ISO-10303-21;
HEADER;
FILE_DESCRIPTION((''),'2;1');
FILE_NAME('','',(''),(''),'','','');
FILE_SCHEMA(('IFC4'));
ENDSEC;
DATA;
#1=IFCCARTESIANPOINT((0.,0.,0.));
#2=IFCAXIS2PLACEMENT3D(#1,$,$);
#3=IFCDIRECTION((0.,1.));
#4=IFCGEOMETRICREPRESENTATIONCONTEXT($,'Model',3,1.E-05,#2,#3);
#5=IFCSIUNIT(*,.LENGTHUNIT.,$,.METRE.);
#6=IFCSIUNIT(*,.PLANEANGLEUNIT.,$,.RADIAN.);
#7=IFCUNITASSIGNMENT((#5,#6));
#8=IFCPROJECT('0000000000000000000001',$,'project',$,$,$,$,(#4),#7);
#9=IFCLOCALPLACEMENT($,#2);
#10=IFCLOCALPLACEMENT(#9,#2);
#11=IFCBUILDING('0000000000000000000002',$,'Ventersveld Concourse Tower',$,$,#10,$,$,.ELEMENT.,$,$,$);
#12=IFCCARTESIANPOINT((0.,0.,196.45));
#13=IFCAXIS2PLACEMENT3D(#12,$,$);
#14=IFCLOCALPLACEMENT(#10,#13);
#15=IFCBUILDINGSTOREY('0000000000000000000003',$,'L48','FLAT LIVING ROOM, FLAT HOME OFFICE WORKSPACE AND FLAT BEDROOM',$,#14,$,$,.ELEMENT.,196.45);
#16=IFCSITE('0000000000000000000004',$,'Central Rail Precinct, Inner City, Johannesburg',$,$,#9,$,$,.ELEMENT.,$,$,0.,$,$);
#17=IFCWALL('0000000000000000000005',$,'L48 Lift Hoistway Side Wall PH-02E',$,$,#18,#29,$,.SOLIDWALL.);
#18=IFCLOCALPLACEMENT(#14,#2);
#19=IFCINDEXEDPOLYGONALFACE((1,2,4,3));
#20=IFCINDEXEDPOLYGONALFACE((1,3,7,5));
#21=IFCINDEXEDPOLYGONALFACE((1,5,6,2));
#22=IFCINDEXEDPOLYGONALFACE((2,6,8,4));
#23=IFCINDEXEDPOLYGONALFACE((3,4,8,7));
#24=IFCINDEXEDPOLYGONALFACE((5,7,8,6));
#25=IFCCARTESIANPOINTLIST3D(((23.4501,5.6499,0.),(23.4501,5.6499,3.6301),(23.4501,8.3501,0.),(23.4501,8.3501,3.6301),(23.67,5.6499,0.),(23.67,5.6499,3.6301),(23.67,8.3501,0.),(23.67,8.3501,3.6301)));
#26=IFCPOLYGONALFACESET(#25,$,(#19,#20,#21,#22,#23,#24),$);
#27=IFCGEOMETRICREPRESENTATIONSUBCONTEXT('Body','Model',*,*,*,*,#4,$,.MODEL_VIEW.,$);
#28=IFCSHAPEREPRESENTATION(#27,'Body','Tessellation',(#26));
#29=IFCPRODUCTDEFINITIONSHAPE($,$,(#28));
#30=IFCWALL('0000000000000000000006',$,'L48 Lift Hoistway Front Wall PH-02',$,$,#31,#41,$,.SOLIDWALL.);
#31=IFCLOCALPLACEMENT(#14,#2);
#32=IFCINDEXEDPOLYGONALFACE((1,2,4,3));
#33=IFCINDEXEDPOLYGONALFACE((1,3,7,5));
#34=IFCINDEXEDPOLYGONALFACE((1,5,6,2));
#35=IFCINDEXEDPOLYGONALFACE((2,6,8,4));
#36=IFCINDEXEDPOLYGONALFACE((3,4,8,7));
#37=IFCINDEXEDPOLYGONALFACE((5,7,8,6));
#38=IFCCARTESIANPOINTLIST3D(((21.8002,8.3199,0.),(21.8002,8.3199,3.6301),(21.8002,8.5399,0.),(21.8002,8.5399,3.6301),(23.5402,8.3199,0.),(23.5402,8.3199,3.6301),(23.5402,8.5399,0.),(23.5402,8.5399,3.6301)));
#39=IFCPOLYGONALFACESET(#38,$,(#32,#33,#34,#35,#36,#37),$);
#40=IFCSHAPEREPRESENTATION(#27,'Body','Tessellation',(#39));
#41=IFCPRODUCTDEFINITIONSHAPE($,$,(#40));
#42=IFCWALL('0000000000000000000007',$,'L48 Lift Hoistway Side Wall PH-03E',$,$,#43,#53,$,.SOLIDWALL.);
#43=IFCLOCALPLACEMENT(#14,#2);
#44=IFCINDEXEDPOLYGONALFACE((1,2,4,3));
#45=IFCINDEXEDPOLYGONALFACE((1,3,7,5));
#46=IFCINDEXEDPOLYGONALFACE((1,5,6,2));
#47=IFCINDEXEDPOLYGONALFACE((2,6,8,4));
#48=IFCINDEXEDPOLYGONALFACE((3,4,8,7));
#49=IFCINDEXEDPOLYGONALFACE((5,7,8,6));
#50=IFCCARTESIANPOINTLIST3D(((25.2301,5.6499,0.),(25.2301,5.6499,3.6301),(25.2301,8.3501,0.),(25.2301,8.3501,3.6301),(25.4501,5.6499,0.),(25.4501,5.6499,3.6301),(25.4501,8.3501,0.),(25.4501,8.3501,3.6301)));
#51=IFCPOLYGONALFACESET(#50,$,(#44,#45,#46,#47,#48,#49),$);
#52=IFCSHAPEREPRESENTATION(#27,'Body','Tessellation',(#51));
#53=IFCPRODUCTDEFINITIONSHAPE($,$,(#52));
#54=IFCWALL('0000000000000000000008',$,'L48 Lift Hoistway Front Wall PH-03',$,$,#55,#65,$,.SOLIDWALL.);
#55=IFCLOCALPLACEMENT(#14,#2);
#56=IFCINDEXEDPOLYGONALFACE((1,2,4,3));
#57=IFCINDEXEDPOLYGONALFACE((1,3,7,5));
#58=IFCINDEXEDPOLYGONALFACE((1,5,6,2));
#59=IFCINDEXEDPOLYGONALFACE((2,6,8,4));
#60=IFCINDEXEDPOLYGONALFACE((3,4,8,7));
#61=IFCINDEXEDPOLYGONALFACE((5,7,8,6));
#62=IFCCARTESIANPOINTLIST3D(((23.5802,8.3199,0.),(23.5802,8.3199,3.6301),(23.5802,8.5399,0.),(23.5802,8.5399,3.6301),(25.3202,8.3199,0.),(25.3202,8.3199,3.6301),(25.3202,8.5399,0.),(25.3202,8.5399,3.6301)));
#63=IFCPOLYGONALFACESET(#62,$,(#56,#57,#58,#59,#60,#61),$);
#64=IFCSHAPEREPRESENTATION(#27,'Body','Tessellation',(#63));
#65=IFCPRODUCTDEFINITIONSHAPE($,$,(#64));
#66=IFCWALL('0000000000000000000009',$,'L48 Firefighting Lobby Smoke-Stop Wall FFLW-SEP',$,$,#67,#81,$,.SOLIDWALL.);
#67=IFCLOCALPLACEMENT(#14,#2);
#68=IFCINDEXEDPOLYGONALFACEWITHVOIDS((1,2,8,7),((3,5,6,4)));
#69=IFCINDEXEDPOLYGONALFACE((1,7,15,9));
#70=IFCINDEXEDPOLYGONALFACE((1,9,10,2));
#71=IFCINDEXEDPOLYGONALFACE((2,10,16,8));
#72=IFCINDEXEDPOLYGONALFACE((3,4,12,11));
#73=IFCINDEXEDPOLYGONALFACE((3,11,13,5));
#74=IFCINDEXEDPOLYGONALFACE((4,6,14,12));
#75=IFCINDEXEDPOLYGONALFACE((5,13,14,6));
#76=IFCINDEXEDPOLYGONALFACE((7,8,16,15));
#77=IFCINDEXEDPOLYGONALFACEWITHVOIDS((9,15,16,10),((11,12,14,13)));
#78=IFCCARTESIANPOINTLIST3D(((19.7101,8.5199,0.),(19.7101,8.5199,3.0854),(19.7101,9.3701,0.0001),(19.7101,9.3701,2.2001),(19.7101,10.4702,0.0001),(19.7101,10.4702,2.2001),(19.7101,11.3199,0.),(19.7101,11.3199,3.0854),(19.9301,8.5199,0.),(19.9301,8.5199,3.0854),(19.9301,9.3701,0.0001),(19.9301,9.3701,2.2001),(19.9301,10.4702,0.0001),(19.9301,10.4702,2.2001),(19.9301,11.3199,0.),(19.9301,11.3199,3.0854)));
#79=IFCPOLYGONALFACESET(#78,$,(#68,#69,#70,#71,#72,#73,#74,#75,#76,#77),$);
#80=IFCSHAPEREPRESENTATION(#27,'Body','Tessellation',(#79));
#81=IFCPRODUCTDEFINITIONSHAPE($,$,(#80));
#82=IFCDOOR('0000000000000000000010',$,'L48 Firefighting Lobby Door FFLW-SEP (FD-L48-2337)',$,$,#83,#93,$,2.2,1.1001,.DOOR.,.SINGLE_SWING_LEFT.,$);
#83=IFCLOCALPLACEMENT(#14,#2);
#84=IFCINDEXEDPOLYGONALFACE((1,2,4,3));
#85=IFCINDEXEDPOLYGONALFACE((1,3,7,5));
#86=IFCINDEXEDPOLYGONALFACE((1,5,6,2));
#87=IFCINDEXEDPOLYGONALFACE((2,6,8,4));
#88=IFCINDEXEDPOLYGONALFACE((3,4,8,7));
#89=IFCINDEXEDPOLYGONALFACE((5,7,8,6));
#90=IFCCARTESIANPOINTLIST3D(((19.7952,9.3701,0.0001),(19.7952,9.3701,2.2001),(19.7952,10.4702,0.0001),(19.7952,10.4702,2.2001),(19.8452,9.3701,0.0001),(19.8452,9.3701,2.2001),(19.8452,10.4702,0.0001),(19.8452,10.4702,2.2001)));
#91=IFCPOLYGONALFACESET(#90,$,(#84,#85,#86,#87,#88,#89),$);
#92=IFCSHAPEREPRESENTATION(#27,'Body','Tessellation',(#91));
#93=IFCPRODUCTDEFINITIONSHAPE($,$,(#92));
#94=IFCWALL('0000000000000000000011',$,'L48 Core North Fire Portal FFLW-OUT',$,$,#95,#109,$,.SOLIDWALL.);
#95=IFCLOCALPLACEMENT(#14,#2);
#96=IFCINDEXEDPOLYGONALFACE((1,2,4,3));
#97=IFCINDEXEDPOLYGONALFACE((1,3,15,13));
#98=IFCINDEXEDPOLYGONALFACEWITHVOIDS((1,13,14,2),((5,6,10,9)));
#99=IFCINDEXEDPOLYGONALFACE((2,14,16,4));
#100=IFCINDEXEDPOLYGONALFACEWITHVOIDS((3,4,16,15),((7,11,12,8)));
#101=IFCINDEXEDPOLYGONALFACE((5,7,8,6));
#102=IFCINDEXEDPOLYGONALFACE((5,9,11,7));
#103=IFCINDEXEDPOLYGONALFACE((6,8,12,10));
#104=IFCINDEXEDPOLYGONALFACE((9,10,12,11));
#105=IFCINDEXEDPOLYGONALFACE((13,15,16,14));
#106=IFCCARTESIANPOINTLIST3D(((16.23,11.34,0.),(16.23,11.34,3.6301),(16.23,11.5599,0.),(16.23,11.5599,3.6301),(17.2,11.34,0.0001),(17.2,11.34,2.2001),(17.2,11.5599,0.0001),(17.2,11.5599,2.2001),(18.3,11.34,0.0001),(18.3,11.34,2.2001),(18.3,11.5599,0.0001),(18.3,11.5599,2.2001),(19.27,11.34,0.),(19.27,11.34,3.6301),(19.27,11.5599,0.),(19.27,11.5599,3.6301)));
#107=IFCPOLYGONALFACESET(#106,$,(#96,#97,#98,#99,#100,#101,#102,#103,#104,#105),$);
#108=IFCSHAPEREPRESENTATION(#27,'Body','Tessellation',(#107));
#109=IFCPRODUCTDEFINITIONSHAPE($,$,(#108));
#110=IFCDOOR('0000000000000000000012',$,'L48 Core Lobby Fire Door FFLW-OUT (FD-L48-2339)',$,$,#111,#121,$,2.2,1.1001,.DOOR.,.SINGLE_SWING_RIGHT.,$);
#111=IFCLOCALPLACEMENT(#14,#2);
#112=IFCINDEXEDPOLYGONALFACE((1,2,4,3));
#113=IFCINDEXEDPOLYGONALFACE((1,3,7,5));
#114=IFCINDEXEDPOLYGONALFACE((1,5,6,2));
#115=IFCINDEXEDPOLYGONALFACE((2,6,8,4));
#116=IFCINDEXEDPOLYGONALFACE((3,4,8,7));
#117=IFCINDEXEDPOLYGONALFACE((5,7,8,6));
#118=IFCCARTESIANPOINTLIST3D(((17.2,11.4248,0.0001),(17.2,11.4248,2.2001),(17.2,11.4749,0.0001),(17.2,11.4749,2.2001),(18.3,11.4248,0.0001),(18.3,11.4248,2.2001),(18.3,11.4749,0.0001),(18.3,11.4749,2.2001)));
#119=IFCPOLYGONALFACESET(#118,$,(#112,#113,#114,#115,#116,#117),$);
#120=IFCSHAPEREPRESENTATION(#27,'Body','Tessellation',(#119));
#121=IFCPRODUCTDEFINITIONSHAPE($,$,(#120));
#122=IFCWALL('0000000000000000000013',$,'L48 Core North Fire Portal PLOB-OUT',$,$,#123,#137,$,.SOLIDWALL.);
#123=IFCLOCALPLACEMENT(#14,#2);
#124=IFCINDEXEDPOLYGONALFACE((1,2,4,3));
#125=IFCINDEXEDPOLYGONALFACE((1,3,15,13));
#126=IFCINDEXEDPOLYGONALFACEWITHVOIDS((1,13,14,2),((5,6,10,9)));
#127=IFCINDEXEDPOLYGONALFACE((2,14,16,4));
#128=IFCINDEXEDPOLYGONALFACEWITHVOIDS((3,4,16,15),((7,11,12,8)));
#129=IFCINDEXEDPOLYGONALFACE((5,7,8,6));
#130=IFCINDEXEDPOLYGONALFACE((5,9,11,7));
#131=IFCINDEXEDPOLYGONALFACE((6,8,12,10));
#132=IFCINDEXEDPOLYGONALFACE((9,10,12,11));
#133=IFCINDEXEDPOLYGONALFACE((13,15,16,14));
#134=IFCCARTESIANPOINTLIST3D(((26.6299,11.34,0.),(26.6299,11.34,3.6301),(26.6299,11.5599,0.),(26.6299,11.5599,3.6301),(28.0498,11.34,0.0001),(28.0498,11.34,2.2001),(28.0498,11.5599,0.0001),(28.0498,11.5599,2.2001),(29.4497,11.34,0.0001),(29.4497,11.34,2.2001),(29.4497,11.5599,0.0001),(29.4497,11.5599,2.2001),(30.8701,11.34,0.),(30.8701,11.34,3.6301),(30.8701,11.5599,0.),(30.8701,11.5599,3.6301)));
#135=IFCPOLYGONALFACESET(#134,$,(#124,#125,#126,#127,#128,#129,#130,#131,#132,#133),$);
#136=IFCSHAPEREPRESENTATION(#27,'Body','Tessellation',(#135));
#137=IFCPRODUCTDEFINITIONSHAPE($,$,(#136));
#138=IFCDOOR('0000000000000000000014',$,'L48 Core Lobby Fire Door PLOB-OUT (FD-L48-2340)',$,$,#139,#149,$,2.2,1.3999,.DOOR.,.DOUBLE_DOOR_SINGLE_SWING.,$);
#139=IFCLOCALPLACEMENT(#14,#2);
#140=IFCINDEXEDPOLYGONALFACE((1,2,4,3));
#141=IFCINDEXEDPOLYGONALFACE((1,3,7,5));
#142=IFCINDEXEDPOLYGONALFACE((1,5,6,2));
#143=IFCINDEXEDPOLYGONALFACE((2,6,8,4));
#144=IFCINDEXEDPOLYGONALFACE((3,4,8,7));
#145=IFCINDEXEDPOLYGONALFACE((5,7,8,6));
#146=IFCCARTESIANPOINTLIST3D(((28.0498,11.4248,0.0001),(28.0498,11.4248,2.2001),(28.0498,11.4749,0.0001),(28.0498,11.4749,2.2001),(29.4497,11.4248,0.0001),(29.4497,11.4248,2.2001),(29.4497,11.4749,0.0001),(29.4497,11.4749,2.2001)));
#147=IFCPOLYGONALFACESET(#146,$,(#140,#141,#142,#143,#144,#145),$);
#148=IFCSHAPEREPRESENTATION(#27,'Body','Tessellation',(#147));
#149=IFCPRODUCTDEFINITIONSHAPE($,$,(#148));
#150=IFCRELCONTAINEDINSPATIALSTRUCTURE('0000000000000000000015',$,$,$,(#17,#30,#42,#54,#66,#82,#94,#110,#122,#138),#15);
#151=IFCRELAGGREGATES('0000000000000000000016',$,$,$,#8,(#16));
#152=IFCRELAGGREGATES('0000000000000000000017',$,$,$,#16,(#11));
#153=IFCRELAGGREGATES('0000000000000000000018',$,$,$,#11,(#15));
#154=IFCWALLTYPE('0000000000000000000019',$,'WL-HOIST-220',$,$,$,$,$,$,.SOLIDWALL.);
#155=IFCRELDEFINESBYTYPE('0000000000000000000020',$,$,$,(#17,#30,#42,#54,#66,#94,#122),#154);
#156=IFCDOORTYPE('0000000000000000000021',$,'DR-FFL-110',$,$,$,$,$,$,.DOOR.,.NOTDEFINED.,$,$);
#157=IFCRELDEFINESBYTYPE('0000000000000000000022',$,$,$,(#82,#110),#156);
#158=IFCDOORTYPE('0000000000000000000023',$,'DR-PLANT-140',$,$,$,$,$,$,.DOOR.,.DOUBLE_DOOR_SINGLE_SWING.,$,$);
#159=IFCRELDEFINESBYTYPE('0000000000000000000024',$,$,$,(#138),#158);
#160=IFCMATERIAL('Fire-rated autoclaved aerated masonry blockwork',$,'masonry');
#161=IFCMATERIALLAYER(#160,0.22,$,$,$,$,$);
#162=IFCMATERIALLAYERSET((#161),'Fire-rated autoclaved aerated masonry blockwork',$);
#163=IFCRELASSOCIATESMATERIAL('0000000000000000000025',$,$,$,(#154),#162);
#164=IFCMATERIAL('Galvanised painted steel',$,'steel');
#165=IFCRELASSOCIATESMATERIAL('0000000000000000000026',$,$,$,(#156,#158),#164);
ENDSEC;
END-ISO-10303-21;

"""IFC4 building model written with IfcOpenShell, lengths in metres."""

from ifc_helpers import new_model, si_unit, direction, frame, frame_2d, origin, place, context, subcontext, project, spatial, rectangle, extrude, material, layer, layer_set, type_object, element, fill, save


model = new_model("IFC4")

# Units and contexts
model_context = context("Model", 3, precision=1e-05, world=origin(), true_north=direction((0.0, 1.0)))
body_context = subcontext(model_context, "Body", "Model", "MODEL_VIEW")
ifc_project = project(units=[si_unit("LENGTHUNIT", "METRE"), si_unit("PLANEANGLEUNIT", "RADIAN")], contexts=[model_context])

# Site, building, storey
site_placement = place(None, origin())
site = spatial("IfcSite", under=ifc_project, at=site_placement, Name="Central Rail Precinct, Inner City, Johannesburg", CompositionType="ELEMENT", RefElevation=0.0)
building_placement = place(site_placement, origin())
building = spatial("IfcBuilding", under=site, at=building_placement, Name="Ventersveld Concourse Tower", CompositionType="ELEMENT")
storey_placement = place(building_placement, frame((0.0, 0.0, 196.45)))
storey = spatial("IfcBuildingStorey", under=building, at=storey_placement, Name="L48", Description="FLAT LIVING ROOM, FLAT HOME OFFICE WORKSPACE AND FLAT BEDROOM", CompositionType="ELEMENT", Elevation=196.45)

# Shared definitions
ifc_material_1 = material(Name="Fire-rated autoclaved aerated masonry blockwork", Category="masonry")

# Shared definitions
ifc_layer_1 = layer(ifc_material_1, 0.22)
ifc_layer_set_1 = layer_set([ifc_layer_1], Name="Fire-rated autoclaved aerated masonry blockwork")
wall_type_1 = type_object("IfcWallType", Name="WL-HOIST-220", PredefinedType="SOLIDWALL", material=ifc_layer_set_1)

# Walls
wall_1_placement = place(storey_placement, frame((23.5601, 5.6499, 0.0), z_axis=(0.0, 0.0, 1.0), x_axis=(0.0, 1.0, 0.0)))
element("IfcWall", 1, at=wall_1_placement, inside=storey, type_object=wall_type_1, Name="L48 Lift Hoistway Side Wall PH-02E", PredefinedType="SOLIDWALL", context=body_context, shape_type="SweptSolid", body=[
    extrude(rectangle(XDim=2.7002, YDim=0.22, at=frame_2d((1.3501, 0.0))), origin(), (0.0, 0.0, 1.0), 3.6301),
])
wall_2_placement = place(storey_placement, frame((21.8, 8.4299, 0.0), z_axis=(0.0, 0.0, 1.0), x_axis=(1.0, 0.0, 0.0)))
element("IfcWall", 2, at=wall_2_placement, inside=storey, type_object=wall_type_1, Name="L48 Lift Hoistway Front Wall PH-02", PredefinedType="SOLIDWALL", context=body_context, shape_type="SweptSolid", body=[
    extrude(rectangle(XDim=1.74, YDim=0.22, at=frame_2d((0.8701, 0.0))), origin(), (0.0, 0.0, 1.0), 3.6301),
])
wall_3_placement = place(storey_placement, frame((25.3401, 5.6499, 0.0), z_axis=(0.0, 0.0, 1.0), x_axis=(0.0, 1.0, 0.0)))
element("IfcWall", 3, at=wall_3_placement, inside=storey, type_object=wall_type_1, Name="L48 Lift Hoistway Side Wall PH-03E", PredefinedType="SOLIDWALL", context=body_context, shape_type="SweptSolid", body=[
    extrude(rectangle(XDim=2.7002, YDim=0.22, at=frame_2d((1.3501, 0.0))), origin(), (0.0, 0.0, 1.0), 3.6301),
])
wall_4_placement = place(storey_placement, frame((23.5801, 8.4299, 0.0), z_axis=(0.0, 0.0, 1.0), x_axis=(1.0, 0.0, 0.0)))
element("IfcWall", 4, at=wall_4_placement, inside=storey, type_object=wall_type_1, Name="L48 Lift Hoistway Front Wall PH-03", PredefinedType="SOLIDWALL", context=body_context, shape_type="SweptSolid", body=[
    extrude(rectangle(XDim=1.74, YDim=0.22, at=frame_2d((0.8701, 0.0))), origin(), (0.0, 0.0, 1.0), 3.6301),
])

# Walls, openings, doors
wall_5_placement = place(storey_placement, frame((19.8201, 8.52, 0.0), z_axis=(0.0, 0.0, 1.0), x_axis=(0.0, 1.0, 0.0)))
wall_5 = element("IfcWall", 5, at=wall_5_placement, inside=storey, type_object=wall_type_1, Name="L48 Firefighting Lobby Smoke-Stop Wall FFLW-SEP", PredefinedType="SOLIDWALL", context=body_context, shape_type="SweptSolid", body=[
    extrude(rectangle(XDim=2.8, YDim=0.22, at=frame_2d((1.3999, 0.0))), origin(), (0.0, 0.0, 1.0), 3.0854),
])
opening_1_placement = place(wall_5_placement, frame((0.8501, 0.0, 0.0)))
opening_1 = element("IfcOpeningElement", 6, at=opening_1_placement, cuts=wall_5, PredefinedType="OPENING", context=body_context, shape_type="SweptSolid", body=[
    extrude(rectangle(XDim=1.1001, YDim=2.2, at=frame_2d((0.55, 1.1001))), frame((0.0, 0.1201, 0.0), z_axis=(0.0, -1.0, 0.0), x_axis=(1.0, 0.0, 0.0)), (0.0, 0.0, 1.0), 0.24),
])
ifc_material_2 = material(Name="Galvanised painted steel", Category="steel")
door_type_1 = type_object("IfcDoorType", Name="DR-FFL-110", OperationType="NOTDEFINED", PredefinedType="DOOR", material=ifc_material_2)
door_1_placement = place(opening_1_placement, origin())
door_1 = element("IfcDoor", 7, at=door_1_placement, inside=storey, type_object=door_type_1, Name="L48 Firefighting Lobby Door FFLW-SEP (FD-L48-2337)", OperationType="SINGLE_SWING_LEFT", OverallHeight=2.2, OverallWidth=1.1001, PredefinedType="DOOR", context=body_context, shape_type="SweptSolid", body=[
    extrude(rectangle(XDim=1.1001, YDim=2.2, at=frame_2d((0.55, 1.1001))), frame((0.0, 0.0249, 0.0), z_axis=(0.0, -1.0, 0.0), x_axis=(1.0, 0.0, 0.0)), (0.0, 0.0, 1.0), 0.05),
])
fill(opening_1, door_1)
wall_6_placement = place(storey_placement, frame((16.23, 11.45, 0.0), z_axis=(0.0, 0.0, 1.0), x_axis=(1.0, 0.0, 0.0)))
wall_6 = element("IfcWall", 8, at=wall_6_placement, inside=storey, type_object=wall_type_1, Name="L48 Core North Fire Portal FFLW-OUT", PredefinedType="SOLIDWALL", context=body_context, shape_type="SweptSolid", body=[
    extrude(rectangle(XDim=3.04, YDim=0.22, at=frame_2d((1.52, 0.0))), origin(), (0.0, 0.0, 1.0), 3.6301),
])
opening_2_placement = place(wall_6_placement, frame((0.97, 0.0, 0.0)))
opening_2 = element("IfcOpeningElement", 9, at=opening_2_placement, cuts=wall_6, PredefinedType="OPENING", context=body_context, shape_type="SweptSolid", body=[
    extrude(rectangle(XDim=1.1001, YDim=2.2, at=frame_2d((0.55, 1.1001))), frame((0.0, 0.1201, 0.0), z_axis=(0.0, -1.0, 0.0), x_axis=(1.0, 0.0, 0.0)), (0.0, 0.0, 1.0), 0.24),
])
door_2_placement = place(opening_2_placement, origin())
door_2 = element("IfcDoor", 10, at=door_2_placement, inside=storey, type_object=door_type_1, Name="L48 Core Lobby Fire Door FFLW-OUT (FD-L48-2339)", OperationType="SINGLE_SWING_RIGHT", OverallHeight=2.2, OverallWidth=1.1001, PredefinedType="DOOR", context=body_context, shape_type="SweptSolid", body=[
    extrude(rectangle(XDim=1.1001, YDim=2.2, at=frame_2d((0.55, 1.1001))), frame((0.0, 0.0249, 0.0), z_axis=(0.0, -1.0, 0.0), x_axis=(1.0, 0.0, 0.0)), (0.0, 0.0, 1.0), 0.05),
])
fill(opening_2, door_2)
wall_7_placement = place(storey_placement, frame((26.6299, 11.45, 0.0), z_axis=(0.0, 0.0, 1.0), x_axis=(1.0, 0.0, 0.0)))
wall_7 = element("IfcWall", 11, at=wall_7_placement, inside=storey, type_object=wall_type_1, Name="L48 Core North Fire Portal PLOB-OUT", PredefinedType="SOLIDWALL", context=body_context, shape_type="SweptSolid", body=[
    extrude(rectangle(XDim=4.2402, YDim=0.22, at=frame_2d((2.1201, 0.0))), origin(), (0.0, 0.0, 1.0), 3.6301),
])
opening_3_placement = place(wall_7_placement, frame((1.4199, 0.0, 0.0)))
opening_3 = element("IfcOpeningElement", 12, at=opening_3_placement, cuts=wall_7, PredefinedType="OPENING", context=body_context, shape_type="SweptSolid", body=[
    extrude(rectangle(XDim=1.3999, YDim=2.2, at=frame_2d((0.7, 1.1001))), frame((0.0, 0.1201, 0.0), z_axis=(0.0, -1.0, 0.0), x_axis=(1.0, 0.0, 0.0)), (0.0, 0.0, 1.0), 0.24),
])
door_type_2 = type_object("IfcDoorType", Name="DR-PLANT-140", OperationType="DOUBLE_DOOR_SINGLE_SWING", PredefinedType="DOOR", material=ifc_material_2)
door_3_placement = place(opening_3_placement, origin())
door_3 = element("IfcDoor", 13, at=door_3_placement, inside=storey, type_object=door_type_2, Name="L48 Core Lobby Fire Door PLOB-OUT (FD-L48-2340)", OperationType="DOUBLE_DOOR_SINGLE_SWING", OverallHeight=2.2, OverallWidth=1.3999, PredefinedType="DOOR", context=body_context, shape_type="SweptSolid", body=[
    extrude(rectangle(XDim=1.3999, YDim=2.2, at=frame_2d((0.7, 1.1001))), frame((0.0, 0.0249, 0.0), z_axis=(0.0, -1.0, 0.0), x_axis=(1.0, 0.0, 0.0)), (0.0, 0.0, 1.0), 0.05),
])
fill(opening_3, door_3)

save(model, "model.ifc")
